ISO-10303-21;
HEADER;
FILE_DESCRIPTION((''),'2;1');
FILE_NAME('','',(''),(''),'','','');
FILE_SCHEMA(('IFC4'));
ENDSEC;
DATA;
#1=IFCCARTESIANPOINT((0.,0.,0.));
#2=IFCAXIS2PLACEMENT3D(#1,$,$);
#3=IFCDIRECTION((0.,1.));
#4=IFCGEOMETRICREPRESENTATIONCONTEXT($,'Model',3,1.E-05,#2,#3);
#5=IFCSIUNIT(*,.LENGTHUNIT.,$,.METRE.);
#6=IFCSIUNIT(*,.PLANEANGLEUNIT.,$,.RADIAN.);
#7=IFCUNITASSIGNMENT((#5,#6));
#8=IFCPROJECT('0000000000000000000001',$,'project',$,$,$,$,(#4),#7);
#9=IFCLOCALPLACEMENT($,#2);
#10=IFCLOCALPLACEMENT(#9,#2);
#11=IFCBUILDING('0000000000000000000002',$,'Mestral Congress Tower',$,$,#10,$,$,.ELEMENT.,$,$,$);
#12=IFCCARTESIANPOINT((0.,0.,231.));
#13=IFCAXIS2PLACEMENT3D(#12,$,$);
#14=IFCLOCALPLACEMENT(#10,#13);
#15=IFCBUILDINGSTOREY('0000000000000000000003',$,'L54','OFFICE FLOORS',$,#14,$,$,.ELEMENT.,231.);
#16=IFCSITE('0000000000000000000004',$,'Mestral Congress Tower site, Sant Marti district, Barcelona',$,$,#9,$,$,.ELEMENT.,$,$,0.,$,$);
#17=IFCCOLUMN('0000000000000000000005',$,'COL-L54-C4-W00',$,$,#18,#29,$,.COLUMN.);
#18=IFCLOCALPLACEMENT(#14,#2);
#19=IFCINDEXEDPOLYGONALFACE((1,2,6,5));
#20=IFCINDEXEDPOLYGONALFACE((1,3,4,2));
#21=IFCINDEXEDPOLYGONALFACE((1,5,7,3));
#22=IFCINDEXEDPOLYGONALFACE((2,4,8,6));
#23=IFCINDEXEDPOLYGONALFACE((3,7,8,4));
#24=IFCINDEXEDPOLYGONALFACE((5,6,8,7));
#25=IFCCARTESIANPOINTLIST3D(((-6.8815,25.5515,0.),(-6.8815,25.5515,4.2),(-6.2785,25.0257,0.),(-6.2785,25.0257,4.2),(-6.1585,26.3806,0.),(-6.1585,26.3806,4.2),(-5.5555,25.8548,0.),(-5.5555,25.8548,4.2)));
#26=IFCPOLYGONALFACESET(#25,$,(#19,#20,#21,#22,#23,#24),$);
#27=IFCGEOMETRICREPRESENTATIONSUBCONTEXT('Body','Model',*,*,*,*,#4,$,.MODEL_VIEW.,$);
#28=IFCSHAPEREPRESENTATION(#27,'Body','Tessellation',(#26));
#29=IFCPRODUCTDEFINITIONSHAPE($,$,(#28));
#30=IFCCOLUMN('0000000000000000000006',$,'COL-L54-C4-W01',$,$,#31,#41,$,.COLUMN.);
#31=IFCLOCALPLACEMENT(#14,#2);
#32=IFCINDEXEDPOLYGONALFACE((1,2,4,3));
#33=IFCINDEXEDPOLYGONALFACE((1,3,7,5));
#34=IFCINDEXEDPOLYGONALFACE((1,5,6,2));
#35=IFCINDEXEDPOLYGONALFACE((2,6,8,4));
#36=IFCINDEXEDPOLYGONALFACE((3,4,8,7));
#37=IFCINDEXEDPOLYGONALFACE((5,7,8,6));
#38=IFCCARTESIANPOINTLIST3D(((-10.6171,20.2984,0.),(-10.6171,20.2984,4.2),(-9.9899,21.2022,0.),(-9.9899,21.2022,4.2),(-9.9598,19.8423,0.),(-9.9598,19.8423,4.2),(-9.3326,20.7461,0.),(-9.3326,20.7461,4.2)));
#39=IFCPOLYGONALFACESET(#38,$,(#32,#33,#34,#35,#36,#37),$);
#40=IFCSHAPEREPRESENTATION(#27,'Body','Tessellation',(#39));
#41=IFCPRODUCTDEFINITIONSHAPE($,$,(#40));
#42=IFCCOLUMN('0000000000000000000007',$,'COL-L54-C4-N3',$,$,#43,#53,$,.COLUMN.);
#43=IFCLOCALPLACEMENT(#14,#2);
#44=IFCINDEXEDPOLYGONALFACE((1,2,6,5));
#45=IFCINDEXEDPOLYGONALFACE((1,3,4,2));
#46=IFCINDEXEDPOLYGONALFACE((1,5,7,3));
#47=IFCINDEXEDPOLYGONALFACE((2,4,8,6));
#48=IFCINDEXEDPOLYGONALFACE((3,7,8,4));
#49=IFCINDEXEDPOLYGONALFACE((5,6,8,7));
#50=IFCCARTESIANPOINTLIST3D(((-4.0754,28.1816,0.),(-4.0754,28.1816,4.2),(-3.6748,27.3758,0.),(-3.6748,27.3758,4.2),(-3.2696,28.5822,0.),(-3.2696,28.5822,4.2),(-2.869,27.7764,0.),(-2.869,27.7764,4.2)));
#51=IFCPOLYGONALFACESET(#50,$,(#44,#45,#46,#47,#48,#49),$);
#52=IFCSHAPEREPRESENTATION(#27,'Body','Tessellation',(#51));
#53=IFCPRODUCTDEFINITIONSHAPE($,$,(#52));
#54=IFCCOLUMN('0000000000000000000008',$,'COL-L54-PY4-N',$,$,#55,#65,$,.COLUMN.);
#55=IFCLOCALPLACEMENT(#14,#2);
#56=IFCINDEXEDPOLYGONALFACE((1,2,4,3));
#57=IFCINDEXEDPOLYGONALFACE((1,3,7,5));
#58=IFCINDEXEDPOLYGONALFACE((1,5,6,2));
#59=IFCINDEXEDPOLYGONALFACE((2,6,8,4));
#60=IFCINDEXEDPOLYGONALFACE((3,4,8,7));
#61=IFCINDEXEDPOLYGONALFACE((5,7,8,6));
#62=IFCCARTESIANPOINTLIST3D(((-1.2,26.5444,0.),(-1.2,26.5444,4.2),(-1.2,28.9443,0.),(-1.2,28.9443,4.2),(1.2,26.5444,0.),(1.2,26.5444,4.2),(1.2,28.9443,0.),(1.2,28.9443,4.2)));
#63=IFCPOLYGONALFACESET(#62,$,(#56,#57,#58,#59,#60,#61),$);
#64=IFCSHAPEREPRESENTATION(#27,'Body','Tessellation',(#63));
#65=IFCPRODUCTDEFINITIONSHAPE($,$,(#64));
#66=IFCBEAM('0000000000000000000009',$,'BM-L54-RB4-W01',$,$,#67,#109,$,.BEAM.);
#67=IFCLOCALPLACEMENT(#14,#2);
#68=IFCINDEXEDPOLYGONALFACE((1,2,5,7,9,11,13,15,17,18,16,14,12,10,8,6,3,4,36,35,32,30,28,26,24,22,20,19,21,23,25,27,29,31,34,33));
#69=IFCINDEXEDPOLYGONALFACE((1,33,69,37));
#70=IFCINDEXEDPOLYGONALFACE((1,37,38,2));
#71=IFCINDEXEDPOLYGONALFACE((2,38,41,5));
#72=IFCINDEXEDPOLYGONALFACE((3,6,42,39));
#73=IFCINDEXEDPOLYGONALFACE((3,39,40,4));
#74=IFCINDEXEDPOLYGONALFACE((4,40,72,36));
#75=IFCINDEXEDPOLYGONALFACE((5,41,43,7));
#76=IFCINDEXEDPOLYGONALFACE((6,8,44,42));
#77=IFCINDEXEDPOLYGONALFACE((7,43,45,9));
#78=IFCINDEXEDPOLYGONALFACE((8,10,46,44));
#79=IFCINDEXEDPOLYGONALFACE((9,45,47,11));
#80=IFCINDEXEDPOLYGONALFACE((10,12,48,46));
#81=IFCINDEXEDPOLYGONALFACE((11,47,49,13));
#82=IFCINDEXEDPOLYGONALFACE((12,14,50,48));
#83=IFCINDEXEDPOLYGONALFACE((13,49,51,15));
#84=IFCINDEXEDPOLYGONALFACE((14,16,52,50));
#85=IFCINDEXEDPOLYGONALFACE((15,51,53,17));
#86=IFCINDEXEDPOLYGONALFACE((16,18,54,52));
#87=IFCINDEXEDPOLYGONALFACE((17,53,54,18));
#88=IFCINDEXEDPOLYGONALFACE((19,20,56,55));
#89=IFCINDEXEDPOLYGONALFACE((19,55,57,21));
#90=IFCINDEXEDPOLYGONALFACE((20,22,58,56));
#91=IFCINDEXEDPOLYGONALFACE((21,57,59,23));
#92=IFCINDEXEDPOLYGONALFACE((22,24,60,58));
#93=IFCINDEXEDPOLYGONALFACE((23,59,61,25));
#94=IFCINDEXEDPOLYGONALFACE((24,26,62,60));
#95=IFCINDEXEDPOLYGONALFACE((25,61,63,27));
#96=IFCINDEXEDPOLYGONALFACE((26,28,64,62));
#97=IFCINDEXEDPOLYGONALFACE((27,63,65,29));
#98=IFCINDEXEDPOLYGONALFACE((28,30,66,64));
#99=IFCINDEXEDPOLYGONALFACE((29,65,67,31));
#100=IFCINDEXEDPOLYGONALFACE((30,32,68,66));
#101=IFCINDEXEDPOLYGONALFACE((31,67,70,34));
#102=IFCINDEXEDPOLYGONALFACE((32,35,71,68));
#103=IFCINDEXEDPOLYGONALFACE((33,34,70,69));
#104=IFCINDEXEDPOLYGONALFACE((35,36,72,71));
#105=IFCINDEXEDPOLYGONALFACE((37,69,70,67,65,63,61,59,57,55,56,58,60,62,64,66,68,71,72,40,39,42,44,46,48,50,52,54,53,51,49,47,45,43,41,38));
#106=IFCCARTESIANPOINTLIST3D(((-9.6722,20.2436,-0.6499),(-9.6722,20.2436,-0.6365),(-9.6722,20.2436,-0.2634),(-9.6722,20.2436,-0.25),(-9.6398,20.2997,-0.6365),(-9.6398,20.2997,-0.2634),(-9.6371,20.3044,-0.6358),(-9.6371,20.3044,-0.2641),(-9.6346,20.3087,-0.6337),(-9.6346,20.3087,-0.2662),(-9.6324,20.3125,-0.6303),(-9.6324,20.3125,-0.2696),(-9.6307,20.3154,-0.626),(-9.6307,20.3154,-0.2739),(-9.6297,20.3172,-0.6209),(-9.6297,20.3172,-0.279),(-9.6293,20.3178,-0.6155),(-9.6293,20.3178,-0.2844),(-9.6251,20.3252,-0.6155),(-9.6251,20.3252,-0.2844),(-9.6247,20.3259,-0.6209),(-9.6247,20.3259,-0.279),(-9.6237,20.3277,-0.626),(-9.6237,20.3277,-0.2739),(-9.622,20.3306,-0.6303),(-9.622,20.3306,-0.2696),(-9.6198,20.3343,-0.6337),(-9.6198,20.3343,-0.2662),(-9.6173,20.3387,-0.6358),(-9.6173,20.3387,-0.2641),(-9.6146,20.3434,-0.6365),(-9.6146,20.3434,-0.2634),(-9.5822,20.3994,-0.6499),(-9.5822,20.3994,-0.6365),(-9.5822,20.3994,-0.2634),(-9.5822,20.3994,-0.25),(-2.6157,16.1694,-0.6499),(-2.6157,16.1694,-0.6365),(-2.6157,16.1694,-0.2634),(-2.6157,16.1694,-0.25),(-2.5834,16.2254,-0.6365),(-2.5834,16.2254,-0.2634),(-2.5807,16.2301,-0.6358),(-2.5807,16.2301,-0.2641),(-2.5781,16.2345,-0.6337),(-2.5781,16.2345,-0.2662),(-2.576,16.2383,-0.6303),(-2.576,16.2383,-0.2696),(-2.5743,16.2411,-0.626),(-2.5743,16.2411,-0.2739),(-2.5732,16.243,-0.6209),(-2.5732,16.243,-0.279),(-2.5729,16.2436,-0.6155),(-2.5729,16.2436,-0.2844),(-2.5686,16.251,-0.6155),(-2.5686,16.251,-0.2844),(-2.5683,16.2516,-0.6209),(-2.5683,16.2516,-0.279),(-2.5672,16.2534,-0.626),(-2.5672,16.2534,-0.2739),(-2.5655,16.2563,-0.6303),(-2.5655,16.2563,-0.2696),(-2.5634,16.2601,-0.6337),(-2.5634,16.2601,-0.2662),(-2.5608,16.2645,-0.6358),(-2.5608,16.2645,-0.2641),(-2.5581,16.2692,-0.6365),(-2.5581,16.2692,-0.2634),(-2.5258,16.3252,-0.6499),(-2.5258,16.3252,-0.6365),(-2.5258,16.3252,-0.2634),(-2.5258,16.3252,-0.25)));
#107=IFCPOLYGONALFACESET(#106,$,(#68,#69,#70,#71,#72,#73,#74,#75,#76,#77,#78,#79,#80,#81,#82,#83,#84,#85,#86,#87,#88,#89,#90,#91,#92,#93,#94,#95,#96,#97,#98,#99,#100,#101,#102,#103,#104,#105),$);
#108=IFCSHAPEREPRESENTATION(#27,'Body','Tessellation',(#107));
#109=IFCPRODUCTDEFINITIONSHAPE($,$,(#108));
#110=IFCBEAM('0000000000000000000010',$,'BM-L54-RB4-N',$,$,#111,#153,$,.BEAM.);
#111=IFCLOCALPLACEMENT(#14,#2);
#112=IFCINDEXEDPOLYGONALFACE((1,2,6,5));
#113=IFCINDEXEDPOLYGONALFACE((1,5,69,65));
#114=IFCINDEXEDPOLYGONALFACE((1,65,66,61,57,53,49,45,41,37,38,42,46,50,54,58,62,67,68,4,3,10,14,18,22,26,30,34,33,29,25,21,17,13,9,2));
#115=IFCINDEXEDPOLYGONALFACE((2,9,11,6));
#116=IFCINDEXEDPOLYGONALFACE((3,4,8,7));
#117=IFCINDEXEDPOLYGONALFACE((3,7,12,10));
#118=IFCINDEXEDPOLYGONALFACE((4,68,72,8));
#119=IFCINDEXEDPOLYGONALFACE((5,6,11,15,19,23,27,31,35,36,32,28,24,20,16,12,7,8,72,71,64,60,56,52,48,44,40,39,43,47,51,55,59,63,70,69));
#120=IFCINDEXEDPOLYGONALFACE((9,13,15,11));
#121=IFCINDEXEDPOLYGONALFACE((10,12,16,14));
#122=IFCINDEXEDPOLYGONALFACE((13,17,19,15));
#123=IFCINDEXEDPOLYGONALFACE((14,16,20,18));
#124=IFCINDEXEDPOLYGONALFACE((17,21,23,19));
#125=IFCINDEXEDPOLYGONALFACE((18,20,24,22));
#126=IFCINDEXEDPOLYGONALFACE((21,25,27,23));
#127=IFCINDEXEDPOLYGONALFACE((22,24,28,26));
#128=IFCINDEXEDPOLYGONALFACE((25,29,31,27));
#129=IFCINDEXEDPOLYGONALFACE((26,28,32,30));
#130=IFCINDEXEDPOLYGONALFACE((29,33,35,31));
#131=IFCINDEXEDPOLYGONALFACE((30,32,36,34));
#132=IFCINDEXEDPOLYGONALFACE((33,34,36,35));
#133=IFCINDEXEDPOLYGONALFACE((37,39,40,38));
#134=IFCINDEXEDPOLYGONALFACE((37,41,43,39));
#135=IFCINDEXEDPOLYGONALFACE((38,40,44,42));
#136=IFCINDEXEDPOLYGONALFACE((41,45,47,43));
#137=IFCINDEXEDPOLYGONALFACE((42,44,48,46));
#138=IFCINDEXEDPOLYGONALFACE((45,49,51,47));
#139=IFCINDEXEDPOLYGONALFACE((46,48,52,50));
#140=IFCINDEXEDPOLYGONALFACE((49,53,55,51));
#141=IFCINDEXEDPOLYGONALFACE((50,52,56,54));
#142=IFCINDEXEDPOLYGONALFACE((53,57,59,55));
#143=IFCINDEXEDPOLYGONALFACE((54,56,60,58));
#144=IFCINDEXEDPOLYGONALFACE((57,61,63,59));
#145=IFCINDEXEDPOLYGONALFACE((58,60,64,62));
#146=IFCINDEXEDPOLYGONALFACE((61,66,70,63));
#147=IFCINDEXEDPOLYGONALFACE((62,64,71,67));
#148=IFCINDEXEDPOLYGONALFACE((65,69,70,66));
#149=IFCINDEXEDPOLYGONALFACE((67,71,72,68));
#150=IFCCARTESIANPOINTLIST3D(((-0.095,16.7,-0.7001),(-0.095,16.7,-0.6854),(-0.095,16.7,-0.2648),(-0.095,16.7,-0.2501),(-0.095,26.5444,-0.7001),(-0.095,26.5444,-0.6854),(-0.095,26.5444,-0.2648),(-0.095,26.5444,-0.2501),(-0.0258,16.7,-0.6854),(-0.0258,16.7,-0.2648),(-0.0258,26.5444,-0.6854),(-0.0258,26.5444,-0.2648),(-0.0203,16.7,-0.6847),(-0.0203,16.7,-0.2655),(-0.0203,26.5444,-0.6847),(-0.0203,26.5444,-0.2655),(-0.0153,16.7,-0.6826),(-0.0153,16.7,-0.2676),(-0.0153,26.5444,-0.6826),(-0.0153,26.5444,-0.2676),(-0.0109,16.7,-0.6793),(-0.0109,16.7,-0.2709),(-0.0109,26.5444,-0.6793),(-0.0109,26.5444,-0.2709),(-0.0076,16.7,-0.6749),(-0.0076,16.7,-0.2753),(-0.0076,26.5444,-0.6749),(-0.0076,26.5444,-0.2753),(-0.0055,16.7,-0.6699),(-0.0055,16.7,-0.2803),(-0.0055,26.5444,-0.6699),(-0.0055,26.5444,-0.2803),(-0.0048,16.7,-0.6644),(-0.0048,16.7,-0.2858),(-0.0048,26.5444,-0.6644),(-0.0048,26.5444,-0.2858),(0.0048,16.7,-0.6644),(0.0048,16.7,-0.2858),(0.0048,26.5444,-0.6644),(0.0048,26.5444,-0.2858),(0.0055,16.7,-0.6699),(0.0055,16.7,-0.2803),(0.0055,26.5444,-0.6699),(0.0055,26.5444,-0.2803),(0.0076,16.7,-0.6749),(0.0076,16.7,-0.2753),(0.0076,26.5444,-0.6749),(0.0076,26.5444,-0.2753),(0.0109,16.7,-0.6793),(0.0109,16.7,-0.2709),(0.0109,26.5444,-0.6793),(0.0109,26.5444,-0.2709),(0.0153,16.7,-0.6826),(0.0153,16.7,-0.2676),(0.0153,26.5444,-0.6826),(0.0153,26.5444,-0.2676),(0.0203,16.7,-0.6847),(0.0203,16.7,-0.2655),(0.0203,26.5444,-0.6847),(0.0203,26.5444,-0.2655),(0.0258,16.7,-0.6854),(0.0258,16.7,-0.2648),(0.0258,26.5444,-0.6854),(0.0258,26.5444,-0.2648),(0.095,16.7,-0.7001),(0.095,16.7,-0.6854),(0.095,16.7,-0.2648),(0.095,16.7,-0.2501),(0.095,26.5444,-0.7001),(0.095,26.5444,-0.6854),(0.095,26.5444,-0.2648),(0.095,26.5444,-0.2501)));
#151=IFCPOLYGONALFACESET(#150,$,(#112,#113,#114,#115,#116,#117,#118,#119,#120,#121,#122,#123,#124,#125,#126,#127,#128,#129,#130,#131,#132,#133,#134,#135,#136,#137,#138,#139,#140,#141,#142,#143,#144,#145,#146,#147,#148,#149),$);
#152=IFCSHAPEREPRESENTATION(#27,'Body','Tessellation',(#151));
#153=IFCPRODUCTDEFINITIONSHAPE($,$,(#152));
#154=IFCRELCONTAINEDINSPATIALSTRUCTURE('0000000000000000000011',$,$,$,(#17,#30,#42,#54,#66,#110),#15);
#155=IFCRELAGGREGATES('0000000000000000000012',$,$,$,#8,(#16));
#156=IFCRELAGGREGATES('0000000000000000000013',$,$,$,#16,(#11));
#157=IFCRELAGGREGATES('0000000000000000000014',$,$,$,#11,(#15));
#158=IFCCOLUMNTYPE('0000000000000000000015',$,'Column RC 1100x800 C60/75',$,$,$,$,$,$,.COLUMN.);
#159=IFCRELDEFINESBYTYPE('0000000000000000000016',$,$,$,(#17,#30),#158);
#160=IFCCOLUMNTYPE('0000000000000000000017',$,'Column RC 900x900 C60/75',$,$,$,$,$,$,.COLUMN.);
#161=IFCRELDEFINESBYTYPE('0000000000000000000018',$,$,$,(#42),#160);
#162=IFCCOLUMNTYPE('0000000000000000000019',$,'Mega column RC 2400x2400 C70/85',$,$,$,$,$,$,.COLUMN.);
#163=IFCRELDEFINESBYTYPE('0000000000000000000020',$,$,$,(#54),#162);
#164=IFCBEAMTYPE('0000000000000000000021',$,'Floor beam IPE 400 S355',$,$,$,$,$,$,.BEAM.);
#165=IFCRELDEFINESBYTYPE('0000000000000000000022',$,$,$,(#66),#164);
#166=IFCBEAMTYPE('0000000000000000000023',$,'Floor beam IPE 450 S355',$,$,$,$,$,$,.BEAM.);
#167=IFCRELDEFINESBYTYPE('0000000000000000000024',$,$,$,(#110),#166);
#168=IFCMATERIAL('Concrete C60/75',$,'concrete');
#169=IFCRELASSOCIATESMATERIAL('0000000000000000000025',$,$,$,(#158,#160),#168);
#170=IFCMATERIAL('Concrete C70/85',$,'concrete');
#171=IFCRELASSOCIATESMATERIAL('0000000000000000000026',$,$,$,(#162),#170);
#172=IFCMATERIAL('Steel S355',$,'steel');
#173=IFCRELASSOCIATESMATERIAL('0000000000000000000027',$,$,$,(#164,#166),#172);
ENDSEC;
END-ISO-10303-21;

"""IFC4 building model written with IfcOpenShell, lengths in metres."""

from ifc_helpers import new_model, si_unit, direction, frame, origin, origin_2d, place, context, subcontext, project, spatial, rectangle, i_section, extrude, material, material_profile, profile_set, type_object, element, save


model = new_model("IFC4")

# Units and contexts
model_context = context("Model", 3, precision=1e-05, world=origin(), true_north=direction((0.0, 1.0)))
body_context = subcontext(model_context, "Body", "Model", "MODEL_VIEW")
ifc_project = project(units=[si_unit("LENGTHUNIT", "METRE"), si_unit("PLANEANGLEUNIT", "RADIAN")], contexts=[model_context])

# Site, building, storey
site_placement = place(None, origin())
site = spatial("IfcSite", under=ifc_project, at=site_placement, Name="Mestral Congress Tower site, Sant Marti district, Barcelona", CompositionType="ELEMENT", RefElevation=0.0)
building_placement = place(site_placement, origin())
building = spatial("IfcBuilding", under=site, at=building_placement, Name="Mestral Congress Tower", CompositionType="ELEMENT")
storey_placement = place(building_placement, frame((0.0, 0.0, 231.0)))
storey = spatial("IfcBuildingStorey", under=building, at=storey_placement, Name="L54", Description="OFFICE FLOORS", CompositionType="ELEMENT", Elevation=231.0)

# Columns
ifc_material_1 = material(Name="Concrete C60/75", Category="concrete")
ifc_material_profile_1 = material_profile(ifc_material_1, rectangle(XDim=1.1001, YDim=0.8, at=origin_2d()), Name="RC 1100x800")
ifc_profile_set_1 = profile_set([ifc_material_profile_1], Name="Concrete C60/75")
column_type_1 = type_object("IfcColumnType", Name="Column RC 1100x800 C60/75", PredefinedType="COLUMN", material=ifc_profile_set_1)
for number, where, z_axis, x_axis, name in (
    (1, (-6.2185, 25.7031, 0.0), (0.0, 0.0, 1.0), (-0.65725, -0.753672, 0.0), "COL-L54-C4-W00"),
    (2, (-9.9749, 20.5222, 0.0), (0.0, 0.0, 1.0), (-0.570084, -0.821586, 0.0), "COL-L54-C4-W01"),
):
    element("IfcColumn", number, at=place(storey_placement, frame(where, z_axis=z_axis, x_axis=x_axis)), inside=storey, type_object=column_type_1, Name=name, PredefinedType="COLUMN", context=body_context, shape_type="SweptSolid", body=[
        extrude(rectangle(XDim=1.1001, YDim=0.8, at=origin_2d()), origin(), (0.0, 0.0, 1.0), 4.2),
    ])
ifc_material_profile_2 = material_profile(ifc_material_1, rectangle(XDim=0.8999, YDim=0.8999, at=origin_2d()), Name="RC 900x900")
ifc_profile_set_2 = profile_set([ifc_material_profile_2], Name="Concrete C60/75")
column_type_2 = type_object("IfcColumnType", Name="Column RC 900x900 C60/75", PredefinedType="COLUMN", material=ifc_profile_set_2)
column_1_placement = place(storey_placement, frame((-3.4722, 27.979, 0.0), z_axis=(0.0, 0.0, 1.0), x_axis=(-0.895456, -0.445149, 0.0)))
element("IfcColumn", 3, at=column_1_placement, inside=storey, type_object=column_type_2, Name="COL-L54-C4-N3", PredefinedType="COLUMN", context=body_context, shape_type="SweptSolid", body=[
    extrude(rectangle(XDim=0.8999, YDim=0.8999, at=origin_2d()), origin(), (0.0, 0.0, 1.0), 4.2),
])
ifc_material_2 = material(Name="Concrete C70/85", Category="concrete")
ifc_material_profile_3 = material_profile(ifc_material_2, rectangle(XDim=2.3999, YDim=2.3999, at=origin_2d()), Name="RC 2400x2400")
ifc_profile_set_3 = profile_set([ifc_material_profile_3], Name="Concrete C70/85")
column_type_3 = type_object("IfcColumnType", Name="Mega column RC 2400x2400 C70/85", PredefinedType="COLUMN", material=ifc_profile_set_3)
column_2_placement = place(storey_placement, frame((0.0, 27.7444, 0.0), z_axis=(0.0, 0.0, 1.0), x_axis=(0.0, 1.0, 0.0)))
element("IfcColumn", 4, at=column_2_placement, inside=storey, type_object=column_type_3, Name="COL-L54-PY4-N", PredefinedType="COLUMN", context=body_context, shape_type="SweptSolid", body=[
    extrude(rectangle(XDim=2.3999, YDim=2.3999, at=origin_2d()), origin(), (0.0, 0.0, 1.0), 4.2),
])

# Beams
ifc_material_3 = material(Name="Steel S355", Category="steel")
ifc_material_profile_4 = material_profile(ifc_material_3, i_section(OverallWidth=0.1799, OverallDepth=0.3999, WebThickness=0.0085, FlangeThickness=0.0134, FilletRadius=0.021, at=origin_2d()), Name="IPE 400")
ifc_profile_set_4 = profile_set([ifc_material_profile_4], Name="Steel S355")
beam_type_1 = type_object("IfcBeamType", Name="Floor beam IPE 400 S355", PredefinedType="BEAM", material=ifc_profile_set_4)
beam_1_placement = place(storey_placement, frame((-9.6272, 20.3215, -0.45), z_axis=(0.866014, -0.500019, 0.0), x_axis=(0.500019, 0.866014, 0.0)))
element("IfcBeam", 5, at=beam_1_placement, inside=storey, type_object=beam_type_1, Name="BM-L54-RB4-W01", PredefinedType="BEAM", context=body_context, shape_type="SweptSolid", body=[
    extrude(i_section(OverallWidth=0.1799, OverallDepth=0.3999, WebThickness=0.0085, FlangeThickness=0.0134, FilletRadius=0.021, at=origin_2d()), origin(), (0.0, 0.0, 1.0), 8.1482),
])
ifc_material_profile_5 = material_profile(ifc_material_3, i_section(OverallWidth=0.1899, OverallDepth=0.45, WebThickness=0.0095, FlangeThickness=0.0146, FilletRadius=0.021, at=origin_2d()), Name="IPE 450")
ifc_profile_set_5 = profile_set([ifc_material_profile_5], Name="Steel S355")
beam_type_2 = type_object("IfcBeamType", Name="Floor beam IPE 450 S355", PredefinedType="BEAM", material=ifc_profile_set_5)
beam_2_placement = place(storey_placement, frame((0.0, 26.5444, -0.4751), z_axis=(0.0, -1.0, 0.0), x_axis=(1.0, 0.0, 0.0)))
element("IfcBeam", 6, at=beam_2_placement, inside=storey, type_object=beam_type_2, Name="BM-L54-RB4-N", PredefinedType="BEAM", context=body_context, shape_type="SweptSolid", body=[
    extrude(i_section(OverallWidth=0.1899, OverallDepth=0.45, WebThickness=0.0095, FlangeThickness=0.0146, FilletRadius=0.021, at=origin_2d()), origin(), (0.0, 0.0, 1.0), 9.8445),
])

save(model, "model.ifc")
